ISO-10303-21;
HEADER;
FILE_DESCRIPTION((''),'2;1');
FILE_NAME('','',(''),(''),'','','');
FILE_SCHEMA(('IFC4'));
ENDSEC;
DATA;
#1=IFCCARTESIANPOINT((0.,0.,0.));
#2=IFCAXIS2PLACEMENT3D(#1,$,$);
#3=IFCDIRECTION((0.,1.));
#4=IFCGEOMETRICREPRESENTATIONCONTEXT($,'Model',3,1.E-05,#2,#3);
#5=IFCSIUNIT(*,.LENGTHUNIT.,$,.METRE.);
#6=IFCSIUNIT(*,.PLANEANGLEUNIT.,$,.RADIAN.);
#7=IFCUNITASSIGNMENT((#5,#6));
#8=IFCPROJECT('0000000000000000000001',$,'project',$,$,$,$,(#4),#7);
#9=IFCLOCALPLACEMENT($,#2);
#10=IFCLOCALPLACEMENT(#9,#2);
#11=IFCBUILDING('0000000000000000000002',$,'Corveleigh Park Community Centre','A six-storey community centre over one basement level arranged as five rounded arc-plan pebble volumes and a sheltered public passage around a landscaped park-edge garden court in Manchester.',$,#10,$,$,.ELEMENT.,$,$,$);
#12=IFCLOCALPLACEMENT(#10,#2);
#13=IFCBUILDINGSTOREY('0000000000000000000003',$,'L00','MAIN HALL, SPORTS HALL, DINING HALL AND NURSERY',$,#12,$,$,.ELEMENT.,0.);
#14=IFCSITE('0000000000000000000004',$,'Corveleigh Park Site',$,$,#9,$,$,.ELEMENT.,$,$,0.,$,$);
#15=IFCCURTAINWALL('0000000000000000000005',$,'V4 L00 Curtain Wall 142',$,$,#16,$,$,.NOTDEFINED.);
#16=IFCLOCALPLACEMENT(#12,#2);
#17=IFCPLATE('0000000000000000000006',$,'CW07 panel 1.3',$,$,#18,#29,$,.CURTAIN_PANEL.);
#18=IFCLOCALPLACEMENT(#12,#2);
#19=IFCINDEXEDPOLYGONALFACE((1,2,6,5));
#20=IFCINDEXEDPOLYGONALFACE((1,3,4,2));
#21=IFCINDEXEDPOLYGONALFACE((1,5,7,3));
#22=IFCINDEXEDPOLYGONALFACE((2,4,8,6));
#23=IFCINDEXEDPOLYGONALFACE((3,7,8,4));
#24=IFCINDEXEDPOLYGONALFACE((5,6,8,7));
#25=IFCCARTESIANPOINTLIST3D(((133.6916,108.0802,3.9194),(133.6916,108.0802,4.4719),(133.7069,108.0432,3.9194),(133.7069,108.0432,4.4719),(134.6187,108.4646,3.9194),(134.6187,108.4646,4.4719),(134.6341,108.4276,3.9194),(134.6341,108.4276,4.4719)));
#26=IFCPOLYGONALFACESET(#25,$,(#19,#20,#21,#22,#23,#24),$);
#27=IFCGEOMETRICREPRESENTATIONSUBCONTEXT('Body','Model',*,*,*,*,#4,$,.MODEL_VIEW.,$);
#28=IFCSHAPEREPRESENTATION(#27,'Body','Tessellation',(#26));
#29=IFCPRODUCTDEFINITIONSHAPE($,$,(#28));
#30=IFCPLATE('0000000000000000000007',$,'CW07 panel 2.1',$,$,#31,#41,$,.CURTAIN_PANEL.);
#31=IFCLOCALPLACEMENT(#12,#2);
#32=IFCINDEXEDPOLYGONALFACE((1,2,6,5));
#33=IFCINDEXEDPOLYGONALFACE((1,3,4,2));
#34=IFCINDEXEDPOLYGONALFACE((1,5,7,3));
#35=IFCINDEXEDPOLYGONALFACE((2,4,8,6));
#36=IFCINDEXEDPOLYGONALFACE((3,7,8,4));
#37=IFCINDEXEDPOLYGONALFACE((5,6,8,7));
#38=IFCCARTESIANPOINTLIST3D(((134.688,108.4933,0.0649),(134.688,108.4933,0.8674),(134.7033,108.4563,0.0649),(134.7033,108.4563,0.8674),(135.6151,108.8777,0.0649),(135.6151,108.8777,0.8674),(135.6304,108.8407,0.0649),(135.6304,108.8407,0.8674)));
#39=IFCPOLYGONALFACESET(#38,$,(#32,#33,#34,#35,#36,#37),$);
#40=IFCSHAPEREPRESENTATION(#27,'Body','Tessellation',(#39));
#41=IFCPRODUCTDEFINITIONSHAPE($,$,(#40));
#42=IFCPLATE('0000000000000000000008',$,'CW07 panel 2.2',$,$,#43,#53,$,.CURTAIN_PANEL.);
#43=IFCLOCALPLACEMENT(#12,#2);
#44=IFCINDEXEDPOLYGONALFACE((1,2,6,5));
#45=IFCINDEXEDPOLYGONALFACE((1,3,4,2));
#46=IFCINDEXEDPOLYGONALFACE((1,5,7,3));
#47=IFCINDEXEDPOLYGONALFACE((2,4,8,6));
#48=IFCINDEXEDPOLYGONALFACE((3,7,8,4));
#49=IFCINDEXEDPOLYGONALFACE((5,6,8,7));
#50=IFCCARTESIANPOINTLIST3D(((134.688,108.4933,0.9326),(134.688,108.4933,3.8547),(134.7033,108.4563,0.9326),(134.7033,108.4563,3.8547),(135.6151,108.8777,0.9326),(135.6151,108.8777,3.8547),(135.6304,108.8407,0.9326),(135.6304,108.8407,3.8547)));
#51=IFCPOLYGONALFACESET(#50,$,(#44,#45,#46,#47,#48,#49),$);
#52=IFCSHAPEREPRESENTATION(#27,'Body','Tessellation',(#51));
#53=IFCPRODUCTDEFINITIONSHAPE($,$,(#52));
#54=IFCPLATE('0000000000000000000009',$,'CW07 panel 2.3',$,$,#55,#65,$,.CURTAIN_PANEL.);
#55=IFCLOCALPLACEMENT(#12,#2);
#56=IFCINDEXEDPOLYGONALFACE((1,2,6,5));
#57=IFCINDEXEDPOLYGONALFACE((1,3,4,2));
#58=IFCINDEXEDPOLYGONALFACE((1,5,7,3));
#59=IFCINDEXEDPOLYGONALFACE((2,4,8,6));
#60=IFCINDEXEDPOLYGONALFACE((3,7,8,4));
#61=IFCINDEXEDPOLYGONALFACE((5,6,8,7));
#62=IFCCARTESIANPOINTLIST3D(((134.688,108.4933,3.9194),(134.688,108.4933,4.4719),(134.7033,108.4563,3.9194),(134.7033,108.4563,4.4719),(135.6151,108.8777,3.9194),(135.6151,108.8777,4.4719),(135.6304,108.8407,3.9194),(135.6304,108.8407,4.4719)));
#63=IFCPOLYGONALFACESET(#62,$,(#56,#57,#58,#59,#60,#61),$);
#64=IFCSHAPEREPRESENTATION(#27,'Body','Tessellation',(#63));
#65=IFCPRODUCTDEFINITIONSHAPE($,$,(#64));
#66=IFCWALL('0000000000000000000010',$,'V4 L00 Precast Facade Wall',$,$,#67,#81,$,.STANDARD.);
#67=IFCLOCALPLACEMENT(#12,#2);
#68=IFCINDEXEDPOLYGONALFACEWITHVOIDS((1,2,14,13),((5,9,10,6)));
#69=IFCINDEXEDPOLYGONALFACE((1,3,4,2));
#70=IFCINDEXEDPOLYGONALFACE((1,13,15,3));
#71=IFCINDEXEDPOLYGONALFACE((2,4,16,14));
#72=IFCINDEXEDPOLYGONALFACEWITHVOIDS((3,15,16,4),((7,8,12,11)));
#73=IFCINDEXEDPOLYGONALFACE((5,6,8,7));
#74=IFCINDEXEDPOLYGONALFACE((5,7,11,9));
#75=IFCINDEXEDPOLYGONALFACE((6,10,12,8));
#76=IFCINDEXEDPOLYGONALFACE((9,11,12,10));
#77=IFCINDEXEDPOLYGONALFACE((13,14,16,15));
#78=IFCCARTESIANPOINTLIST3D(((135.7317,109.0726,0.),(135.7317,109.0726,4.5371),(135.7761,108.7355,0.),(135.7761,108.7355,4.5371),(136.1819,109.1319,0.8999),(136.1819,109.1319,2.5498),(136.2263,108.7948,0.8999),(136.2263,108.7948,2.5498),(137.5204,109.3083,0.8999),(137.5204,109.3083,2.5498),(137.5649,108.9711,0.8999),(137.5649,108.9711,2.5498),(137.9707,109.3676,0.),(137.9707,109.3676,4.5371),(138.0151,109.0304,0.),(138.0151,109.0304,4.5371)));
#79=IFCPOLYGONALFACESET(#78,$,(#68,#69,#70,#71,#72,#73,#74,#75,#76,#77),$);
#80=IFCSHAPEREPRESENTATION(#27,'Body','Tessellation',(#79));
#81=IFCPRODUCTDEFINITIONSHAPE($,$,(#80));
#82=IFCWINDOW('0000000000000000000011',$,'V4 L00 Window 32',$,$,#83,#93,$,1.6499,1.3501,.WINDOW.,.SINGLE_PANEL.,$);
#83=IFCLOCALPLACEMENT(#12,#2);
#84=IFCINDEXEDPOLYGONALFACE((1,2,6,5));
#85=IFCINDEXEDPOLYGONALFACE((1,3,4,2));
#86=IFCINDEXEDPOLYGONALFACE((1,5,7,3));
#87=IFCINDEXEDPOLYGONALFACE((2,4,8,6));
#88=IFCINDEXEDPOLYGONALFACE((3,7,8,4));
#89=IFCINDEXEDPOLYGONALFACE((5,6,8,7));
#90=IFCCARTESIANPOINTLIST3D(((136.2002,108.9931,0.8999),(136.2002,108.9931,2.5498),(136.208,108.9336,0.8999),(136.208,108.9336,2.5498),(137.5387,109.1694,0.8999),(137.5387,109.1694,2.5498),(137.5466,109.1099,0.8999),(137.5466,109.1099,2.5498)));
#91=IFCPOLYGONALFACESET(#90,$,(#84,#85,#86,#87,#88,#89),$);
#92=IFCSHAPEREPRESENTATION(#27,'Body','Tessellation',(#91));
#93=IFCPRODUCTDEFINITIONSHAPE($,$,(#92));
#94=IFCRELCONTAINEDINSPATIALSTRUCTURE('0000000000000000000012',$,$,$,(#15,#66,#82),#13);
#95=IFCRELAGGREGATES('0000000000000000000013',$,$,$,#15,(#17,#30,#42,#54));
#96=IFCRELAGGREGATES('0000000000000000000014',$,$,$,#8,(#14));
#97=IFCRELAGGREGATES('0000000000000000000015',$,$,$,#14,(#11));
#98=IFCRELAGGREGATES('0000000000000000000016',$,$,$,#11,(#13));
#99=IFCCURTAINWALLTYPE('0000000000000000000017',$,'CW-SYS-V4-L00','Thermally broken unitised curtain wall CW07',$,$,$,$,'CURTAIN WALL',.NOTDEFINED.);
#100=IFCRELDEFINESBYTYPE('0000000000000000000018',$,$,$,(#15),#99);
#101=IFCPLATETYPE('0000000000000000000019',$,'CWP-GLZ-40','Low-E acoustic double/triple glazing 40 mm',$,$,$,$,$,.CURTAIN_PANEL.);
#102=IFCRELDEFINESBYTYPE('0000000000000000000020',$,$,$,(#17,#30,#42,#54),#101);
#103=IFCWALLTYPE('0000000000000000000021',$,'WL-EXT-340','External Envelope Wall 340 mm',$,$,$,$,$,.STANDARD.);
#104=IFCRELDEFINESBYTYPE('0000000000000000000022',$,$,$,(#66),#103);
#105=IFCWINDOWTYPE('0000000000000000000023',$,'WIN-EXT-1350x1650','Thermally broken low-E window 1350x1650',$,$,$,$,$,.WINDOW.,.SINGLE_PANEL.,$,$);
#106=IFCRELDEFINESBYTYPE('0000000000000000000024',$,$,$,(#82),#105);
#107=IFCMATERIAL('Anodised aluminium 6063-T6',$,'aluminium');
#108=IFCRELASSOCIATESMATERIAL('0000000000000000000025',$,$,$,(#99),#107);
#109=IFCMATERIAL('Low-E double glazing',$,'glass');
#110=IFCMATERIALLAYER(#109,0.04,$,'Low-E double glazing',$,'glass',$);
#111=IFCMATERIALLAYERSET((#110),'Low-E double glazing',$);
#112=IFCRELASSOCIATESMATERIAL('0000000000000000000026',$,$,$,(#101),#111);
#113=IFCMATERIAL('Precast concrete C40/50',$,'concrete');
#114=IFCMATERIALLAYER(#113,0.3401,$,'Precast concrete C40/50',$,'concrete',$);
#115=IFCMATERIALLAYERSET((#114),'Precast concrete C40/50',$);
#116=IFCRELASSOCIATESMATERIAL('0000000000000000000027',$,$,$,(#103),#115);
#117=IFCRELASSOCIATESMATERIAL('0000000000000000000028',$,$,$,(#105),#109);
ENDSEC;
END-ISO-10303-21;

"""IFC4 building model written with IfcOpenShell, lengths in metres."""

from ifc_helpers import new_model, si_unit, direction, frame, frame_2d, origin, origin_2d, place, context, subcontext, project, spatial, rectangle, extrude, material, layer, layer_set, type_object, element, fill, aggregate, save


model = new_model("IFC4")

# Units and contexts
model_context = context("Model", 3, precision=1e-05, world=origin(), true_north=direction((0.0, 1.0)))
body_context = subcontext(model_context, "Body", "Model", "MODEL_VIEW")
ifc_project = project(units=[si_unit("LENGTHUNIT", "METRE"), si_unit("PLANEANGLEUNIT", "RADIAN")], contexts=[model_context])

# Site, building, storey
site_placement = place(None, origin())
site = spatial("IfcSite", under=ifc_project, at=site_placement, Name="Corveleigh Park Site", CompositionType="ELEMENT", RefElevation=0.0)
building_placement = place(site_placement, origin())
building = spatial("IfcBuilding", under=site, at=building_placement, Name="Corveleigh Park Community Centre", Description="A six-storey community centre over one basement level arranged as five rounded arc-plan pebble volumes and a sheltered public passage around a landscaped park-edge garden court in Manchester.", CompositionType="ELEMENT")
storey_placement = place(building_placement, origin())
storey = spatial("IfcBuildingStorey", under=building, at=storey_placement, Name="L00", Description="MAIN HALL, SPORTS HALL, DINING HALL AND NURSERY", CompositionType="ELEMENT", Elevation=0.0)

# Curtain wall
ifc_material_1 = material(Name="Anodised aluminium 6063-T6", Category="aluminium")
curtain_wall_type = type_object("IfcCurtainWallType", Name="CW-SYS-V4-L00", Description="Thermally broken unitised curtain wall CW07", ElementType="CURTAIN WALL", PredefinedType="NOTDEFINED", material=ifc_material_1)
curtain_wall_1_placement = place(storey_placement, origin())
curtain_wall_1 = element("IfcCurtainWall", 1, at=curtain_wall_1_placement, inside=storey, type_object=curtain_wall_type, Name="V4 L00 Curtain Wall 142", PredefinedType="NOTDEFINED")

# Plates
ifc_material_2 = material(Name="Low-E double glazing", Category="glass")
ifc_layer_1 = layer(ifc_material_2, 0.04, Name="Low-E double glazing", Category="glass")
ifc_layer_set_1 = layer_set([ifc_layer_1], Name="Low-E double glazing")
plate_type = type_object("IfcPlateType", Name="CWP-GLZ-40", Description="Low-E acoustic double/triple glazing 40 mm", PredefinedType="CURTAIN_PANEL", material=ifc_layer_set_1)
plate_1_placement = place(storey_placement, frame((134.1628, 108.2539, 3.9194), z_axis=(0.0, 0.0, 1.0), x_axis=(0.923738, 0.383024, 0.0)))
plate_1 = element("IfcPlate", 2, at=plate_1_placement, type_object=plate_type, Name="CW07 panel 1.3", PredefinedType="CURTAIN_PANEL", context=body_context, shape_type="SweptSolid", body=[
    extrude(rectangle(XDim=1.0037, YDim=0.04, at=origin_2d()), origin(), (0.0, 0.0, 1.0), 0.5525),
])
plate_2_placement = place(storey_placement, frame((135.1592, 108.667, 0.0649), z_axis=(0.0, 0.0, 1.0), x_axis=(0.923738, 0.383024, 0.0)))
plate_2 = element("IfcPlate", 3, at=plate_2_placement, type_object=plate_type, Name="CW07 panel 2.1", PredefinedType="CURTAIN_PANEL", context=body_context, shape_type="SweptSolid", body=[
    extrude(rectangle(XDim=1.0037, YDim=0.04, at=origin_2d()), origin(), (0.0, 0.0, 1.0), 0.8025),
])
plate_3_placement = place(storey_placement, frame((135.1592, 108.667, 0.9326), z_axis=(0.0, 0.0, 1.0), x_axis=(0.923738, 0.383024, 0.0)))
plate_3 = element("IfcPlate", 4, at=plate_3_placement, type_object=plate_type, Name="CW07 panel 2.2", PredefinedType="CURTAIN_PANEL", context=body_context, shape_type="SweptSolid", body=[
    extrude(rectangle(XDim=1.0037, YDim=0.04, at=origin_2d()), origin(), (0.0, 0.0, 1.0), 2.9221),
])
plate_4_placement = place(storey_placement, frame((135.1592, 108.667, 3.9194), z_axis=(0.0, 0.0, 1.0), x_axis=(0.923738, 0.383024, 0.0)))
plate_4 = element("IfcPlate", 5, at=plate_4_placement, type_object=plate_type, Name="CW07 panel 2.3", PredefinedType="CURTAIN_PANEL", context=body_context, shape_type="SweptSolid", body=[
    extrude(rectangle(XDim=1.0037, YDim=0.04, at=origin_2d()), origin(), (0.0, 0.0, 1.0), 0.5525),
])
aggregate(curtain_wall_1, [plate_1, plate_2, plate_3, plate_4])

# Wall, opening, window
ifc_material_3 = material(Name="Precast concrete C40/50", Category="concrete")
ifc_layer_2 = layer(ifc_material_3, 0.3401, Name="Precast concrete C40/50", Category="concrete")
ifc_layer_set_2 = layer_set([ifc_layer_2], Name="Precast concrete C40/50")
wall_type = type_object("IfcWallType", Name="WL-EXT-340", Description="External Envelope Wall 340 mm", PredefinedType="STANDARD", material=ifc_layer_set_2)
wall_placement = place(storey_placement, frame((135.7539, 108.9041, 0.0), z_axis=(0.0, 0.0, 1.0), x_axis=(0.991436, 0.130592, 0.0)))
wall = element("IfcWall", 6, at=wall_placement, inside=storey, type_object=wall_type, Name="V4 L00 Precast Facade Wall", PredefinedType="STANDARD", context=body_context, shape_type="SweptSolid", body=[
    extrude(rectangle(XDim=2.2583, YDim=0.3401, at=frame_2d((1.1292, 0.0))), origin(), (0.0, 0.0, 1.0), 4.5371),
])
opening_placement = place(wall_placement, frame((0.4541, 0.0, 0.8999)))
opening = element("IfcOpeningElement", 7, at=opening_placement, cuts=wall, PredefinedType="OPENING", context=body_context, shape_type="SweptSolid", body=[
    extrude(rectangle(XDim=1.3501, YDim=1.6499, at=frame_2d((0.675, 0.825))), frame((0.0, 0.1799, 0.0), z_axis=(0.0, -1.0, 0.0), x_axis=(1.0, 0.0, 0.0)), (0.0, 0.0, 1.0), 0.3601),
])
window_type = type_object("IfcWindowType", Name="WIN-EXT-1350x1650", Description="Thermally broken low-E window 1350x1650", PartitioningType="SINGLE_PANEL", PredefinedType="WINDOW", material=ifc_material_2)
window_placement = place(opening_placement, origin())
window = element("IfcWindow", 8, at=window_placement, inside=storey, type_object=window_type, Name="V4 L00 Window 32", OverallHeight=1.6499, OverallWidth=1.3501, PartitioningType="SINGLE_PANEL", PredefinedType="WINDOW", context=body_context, shape_type="SweptSolid", body=[
    extrude(rectangle(XDim=1.3501, YDim=1.6499, at=frame_2d((0.675, 0.825))), frame((0.0, 0.03, 0.0), z_axis=(0.0, -1.0, 0.0), x_axis=(1.0, 0.0, 0.0)), (0.0, 0.0, 1.0), 0.0601),
])
fill(opening, window)

save(model, "model.ifc")
